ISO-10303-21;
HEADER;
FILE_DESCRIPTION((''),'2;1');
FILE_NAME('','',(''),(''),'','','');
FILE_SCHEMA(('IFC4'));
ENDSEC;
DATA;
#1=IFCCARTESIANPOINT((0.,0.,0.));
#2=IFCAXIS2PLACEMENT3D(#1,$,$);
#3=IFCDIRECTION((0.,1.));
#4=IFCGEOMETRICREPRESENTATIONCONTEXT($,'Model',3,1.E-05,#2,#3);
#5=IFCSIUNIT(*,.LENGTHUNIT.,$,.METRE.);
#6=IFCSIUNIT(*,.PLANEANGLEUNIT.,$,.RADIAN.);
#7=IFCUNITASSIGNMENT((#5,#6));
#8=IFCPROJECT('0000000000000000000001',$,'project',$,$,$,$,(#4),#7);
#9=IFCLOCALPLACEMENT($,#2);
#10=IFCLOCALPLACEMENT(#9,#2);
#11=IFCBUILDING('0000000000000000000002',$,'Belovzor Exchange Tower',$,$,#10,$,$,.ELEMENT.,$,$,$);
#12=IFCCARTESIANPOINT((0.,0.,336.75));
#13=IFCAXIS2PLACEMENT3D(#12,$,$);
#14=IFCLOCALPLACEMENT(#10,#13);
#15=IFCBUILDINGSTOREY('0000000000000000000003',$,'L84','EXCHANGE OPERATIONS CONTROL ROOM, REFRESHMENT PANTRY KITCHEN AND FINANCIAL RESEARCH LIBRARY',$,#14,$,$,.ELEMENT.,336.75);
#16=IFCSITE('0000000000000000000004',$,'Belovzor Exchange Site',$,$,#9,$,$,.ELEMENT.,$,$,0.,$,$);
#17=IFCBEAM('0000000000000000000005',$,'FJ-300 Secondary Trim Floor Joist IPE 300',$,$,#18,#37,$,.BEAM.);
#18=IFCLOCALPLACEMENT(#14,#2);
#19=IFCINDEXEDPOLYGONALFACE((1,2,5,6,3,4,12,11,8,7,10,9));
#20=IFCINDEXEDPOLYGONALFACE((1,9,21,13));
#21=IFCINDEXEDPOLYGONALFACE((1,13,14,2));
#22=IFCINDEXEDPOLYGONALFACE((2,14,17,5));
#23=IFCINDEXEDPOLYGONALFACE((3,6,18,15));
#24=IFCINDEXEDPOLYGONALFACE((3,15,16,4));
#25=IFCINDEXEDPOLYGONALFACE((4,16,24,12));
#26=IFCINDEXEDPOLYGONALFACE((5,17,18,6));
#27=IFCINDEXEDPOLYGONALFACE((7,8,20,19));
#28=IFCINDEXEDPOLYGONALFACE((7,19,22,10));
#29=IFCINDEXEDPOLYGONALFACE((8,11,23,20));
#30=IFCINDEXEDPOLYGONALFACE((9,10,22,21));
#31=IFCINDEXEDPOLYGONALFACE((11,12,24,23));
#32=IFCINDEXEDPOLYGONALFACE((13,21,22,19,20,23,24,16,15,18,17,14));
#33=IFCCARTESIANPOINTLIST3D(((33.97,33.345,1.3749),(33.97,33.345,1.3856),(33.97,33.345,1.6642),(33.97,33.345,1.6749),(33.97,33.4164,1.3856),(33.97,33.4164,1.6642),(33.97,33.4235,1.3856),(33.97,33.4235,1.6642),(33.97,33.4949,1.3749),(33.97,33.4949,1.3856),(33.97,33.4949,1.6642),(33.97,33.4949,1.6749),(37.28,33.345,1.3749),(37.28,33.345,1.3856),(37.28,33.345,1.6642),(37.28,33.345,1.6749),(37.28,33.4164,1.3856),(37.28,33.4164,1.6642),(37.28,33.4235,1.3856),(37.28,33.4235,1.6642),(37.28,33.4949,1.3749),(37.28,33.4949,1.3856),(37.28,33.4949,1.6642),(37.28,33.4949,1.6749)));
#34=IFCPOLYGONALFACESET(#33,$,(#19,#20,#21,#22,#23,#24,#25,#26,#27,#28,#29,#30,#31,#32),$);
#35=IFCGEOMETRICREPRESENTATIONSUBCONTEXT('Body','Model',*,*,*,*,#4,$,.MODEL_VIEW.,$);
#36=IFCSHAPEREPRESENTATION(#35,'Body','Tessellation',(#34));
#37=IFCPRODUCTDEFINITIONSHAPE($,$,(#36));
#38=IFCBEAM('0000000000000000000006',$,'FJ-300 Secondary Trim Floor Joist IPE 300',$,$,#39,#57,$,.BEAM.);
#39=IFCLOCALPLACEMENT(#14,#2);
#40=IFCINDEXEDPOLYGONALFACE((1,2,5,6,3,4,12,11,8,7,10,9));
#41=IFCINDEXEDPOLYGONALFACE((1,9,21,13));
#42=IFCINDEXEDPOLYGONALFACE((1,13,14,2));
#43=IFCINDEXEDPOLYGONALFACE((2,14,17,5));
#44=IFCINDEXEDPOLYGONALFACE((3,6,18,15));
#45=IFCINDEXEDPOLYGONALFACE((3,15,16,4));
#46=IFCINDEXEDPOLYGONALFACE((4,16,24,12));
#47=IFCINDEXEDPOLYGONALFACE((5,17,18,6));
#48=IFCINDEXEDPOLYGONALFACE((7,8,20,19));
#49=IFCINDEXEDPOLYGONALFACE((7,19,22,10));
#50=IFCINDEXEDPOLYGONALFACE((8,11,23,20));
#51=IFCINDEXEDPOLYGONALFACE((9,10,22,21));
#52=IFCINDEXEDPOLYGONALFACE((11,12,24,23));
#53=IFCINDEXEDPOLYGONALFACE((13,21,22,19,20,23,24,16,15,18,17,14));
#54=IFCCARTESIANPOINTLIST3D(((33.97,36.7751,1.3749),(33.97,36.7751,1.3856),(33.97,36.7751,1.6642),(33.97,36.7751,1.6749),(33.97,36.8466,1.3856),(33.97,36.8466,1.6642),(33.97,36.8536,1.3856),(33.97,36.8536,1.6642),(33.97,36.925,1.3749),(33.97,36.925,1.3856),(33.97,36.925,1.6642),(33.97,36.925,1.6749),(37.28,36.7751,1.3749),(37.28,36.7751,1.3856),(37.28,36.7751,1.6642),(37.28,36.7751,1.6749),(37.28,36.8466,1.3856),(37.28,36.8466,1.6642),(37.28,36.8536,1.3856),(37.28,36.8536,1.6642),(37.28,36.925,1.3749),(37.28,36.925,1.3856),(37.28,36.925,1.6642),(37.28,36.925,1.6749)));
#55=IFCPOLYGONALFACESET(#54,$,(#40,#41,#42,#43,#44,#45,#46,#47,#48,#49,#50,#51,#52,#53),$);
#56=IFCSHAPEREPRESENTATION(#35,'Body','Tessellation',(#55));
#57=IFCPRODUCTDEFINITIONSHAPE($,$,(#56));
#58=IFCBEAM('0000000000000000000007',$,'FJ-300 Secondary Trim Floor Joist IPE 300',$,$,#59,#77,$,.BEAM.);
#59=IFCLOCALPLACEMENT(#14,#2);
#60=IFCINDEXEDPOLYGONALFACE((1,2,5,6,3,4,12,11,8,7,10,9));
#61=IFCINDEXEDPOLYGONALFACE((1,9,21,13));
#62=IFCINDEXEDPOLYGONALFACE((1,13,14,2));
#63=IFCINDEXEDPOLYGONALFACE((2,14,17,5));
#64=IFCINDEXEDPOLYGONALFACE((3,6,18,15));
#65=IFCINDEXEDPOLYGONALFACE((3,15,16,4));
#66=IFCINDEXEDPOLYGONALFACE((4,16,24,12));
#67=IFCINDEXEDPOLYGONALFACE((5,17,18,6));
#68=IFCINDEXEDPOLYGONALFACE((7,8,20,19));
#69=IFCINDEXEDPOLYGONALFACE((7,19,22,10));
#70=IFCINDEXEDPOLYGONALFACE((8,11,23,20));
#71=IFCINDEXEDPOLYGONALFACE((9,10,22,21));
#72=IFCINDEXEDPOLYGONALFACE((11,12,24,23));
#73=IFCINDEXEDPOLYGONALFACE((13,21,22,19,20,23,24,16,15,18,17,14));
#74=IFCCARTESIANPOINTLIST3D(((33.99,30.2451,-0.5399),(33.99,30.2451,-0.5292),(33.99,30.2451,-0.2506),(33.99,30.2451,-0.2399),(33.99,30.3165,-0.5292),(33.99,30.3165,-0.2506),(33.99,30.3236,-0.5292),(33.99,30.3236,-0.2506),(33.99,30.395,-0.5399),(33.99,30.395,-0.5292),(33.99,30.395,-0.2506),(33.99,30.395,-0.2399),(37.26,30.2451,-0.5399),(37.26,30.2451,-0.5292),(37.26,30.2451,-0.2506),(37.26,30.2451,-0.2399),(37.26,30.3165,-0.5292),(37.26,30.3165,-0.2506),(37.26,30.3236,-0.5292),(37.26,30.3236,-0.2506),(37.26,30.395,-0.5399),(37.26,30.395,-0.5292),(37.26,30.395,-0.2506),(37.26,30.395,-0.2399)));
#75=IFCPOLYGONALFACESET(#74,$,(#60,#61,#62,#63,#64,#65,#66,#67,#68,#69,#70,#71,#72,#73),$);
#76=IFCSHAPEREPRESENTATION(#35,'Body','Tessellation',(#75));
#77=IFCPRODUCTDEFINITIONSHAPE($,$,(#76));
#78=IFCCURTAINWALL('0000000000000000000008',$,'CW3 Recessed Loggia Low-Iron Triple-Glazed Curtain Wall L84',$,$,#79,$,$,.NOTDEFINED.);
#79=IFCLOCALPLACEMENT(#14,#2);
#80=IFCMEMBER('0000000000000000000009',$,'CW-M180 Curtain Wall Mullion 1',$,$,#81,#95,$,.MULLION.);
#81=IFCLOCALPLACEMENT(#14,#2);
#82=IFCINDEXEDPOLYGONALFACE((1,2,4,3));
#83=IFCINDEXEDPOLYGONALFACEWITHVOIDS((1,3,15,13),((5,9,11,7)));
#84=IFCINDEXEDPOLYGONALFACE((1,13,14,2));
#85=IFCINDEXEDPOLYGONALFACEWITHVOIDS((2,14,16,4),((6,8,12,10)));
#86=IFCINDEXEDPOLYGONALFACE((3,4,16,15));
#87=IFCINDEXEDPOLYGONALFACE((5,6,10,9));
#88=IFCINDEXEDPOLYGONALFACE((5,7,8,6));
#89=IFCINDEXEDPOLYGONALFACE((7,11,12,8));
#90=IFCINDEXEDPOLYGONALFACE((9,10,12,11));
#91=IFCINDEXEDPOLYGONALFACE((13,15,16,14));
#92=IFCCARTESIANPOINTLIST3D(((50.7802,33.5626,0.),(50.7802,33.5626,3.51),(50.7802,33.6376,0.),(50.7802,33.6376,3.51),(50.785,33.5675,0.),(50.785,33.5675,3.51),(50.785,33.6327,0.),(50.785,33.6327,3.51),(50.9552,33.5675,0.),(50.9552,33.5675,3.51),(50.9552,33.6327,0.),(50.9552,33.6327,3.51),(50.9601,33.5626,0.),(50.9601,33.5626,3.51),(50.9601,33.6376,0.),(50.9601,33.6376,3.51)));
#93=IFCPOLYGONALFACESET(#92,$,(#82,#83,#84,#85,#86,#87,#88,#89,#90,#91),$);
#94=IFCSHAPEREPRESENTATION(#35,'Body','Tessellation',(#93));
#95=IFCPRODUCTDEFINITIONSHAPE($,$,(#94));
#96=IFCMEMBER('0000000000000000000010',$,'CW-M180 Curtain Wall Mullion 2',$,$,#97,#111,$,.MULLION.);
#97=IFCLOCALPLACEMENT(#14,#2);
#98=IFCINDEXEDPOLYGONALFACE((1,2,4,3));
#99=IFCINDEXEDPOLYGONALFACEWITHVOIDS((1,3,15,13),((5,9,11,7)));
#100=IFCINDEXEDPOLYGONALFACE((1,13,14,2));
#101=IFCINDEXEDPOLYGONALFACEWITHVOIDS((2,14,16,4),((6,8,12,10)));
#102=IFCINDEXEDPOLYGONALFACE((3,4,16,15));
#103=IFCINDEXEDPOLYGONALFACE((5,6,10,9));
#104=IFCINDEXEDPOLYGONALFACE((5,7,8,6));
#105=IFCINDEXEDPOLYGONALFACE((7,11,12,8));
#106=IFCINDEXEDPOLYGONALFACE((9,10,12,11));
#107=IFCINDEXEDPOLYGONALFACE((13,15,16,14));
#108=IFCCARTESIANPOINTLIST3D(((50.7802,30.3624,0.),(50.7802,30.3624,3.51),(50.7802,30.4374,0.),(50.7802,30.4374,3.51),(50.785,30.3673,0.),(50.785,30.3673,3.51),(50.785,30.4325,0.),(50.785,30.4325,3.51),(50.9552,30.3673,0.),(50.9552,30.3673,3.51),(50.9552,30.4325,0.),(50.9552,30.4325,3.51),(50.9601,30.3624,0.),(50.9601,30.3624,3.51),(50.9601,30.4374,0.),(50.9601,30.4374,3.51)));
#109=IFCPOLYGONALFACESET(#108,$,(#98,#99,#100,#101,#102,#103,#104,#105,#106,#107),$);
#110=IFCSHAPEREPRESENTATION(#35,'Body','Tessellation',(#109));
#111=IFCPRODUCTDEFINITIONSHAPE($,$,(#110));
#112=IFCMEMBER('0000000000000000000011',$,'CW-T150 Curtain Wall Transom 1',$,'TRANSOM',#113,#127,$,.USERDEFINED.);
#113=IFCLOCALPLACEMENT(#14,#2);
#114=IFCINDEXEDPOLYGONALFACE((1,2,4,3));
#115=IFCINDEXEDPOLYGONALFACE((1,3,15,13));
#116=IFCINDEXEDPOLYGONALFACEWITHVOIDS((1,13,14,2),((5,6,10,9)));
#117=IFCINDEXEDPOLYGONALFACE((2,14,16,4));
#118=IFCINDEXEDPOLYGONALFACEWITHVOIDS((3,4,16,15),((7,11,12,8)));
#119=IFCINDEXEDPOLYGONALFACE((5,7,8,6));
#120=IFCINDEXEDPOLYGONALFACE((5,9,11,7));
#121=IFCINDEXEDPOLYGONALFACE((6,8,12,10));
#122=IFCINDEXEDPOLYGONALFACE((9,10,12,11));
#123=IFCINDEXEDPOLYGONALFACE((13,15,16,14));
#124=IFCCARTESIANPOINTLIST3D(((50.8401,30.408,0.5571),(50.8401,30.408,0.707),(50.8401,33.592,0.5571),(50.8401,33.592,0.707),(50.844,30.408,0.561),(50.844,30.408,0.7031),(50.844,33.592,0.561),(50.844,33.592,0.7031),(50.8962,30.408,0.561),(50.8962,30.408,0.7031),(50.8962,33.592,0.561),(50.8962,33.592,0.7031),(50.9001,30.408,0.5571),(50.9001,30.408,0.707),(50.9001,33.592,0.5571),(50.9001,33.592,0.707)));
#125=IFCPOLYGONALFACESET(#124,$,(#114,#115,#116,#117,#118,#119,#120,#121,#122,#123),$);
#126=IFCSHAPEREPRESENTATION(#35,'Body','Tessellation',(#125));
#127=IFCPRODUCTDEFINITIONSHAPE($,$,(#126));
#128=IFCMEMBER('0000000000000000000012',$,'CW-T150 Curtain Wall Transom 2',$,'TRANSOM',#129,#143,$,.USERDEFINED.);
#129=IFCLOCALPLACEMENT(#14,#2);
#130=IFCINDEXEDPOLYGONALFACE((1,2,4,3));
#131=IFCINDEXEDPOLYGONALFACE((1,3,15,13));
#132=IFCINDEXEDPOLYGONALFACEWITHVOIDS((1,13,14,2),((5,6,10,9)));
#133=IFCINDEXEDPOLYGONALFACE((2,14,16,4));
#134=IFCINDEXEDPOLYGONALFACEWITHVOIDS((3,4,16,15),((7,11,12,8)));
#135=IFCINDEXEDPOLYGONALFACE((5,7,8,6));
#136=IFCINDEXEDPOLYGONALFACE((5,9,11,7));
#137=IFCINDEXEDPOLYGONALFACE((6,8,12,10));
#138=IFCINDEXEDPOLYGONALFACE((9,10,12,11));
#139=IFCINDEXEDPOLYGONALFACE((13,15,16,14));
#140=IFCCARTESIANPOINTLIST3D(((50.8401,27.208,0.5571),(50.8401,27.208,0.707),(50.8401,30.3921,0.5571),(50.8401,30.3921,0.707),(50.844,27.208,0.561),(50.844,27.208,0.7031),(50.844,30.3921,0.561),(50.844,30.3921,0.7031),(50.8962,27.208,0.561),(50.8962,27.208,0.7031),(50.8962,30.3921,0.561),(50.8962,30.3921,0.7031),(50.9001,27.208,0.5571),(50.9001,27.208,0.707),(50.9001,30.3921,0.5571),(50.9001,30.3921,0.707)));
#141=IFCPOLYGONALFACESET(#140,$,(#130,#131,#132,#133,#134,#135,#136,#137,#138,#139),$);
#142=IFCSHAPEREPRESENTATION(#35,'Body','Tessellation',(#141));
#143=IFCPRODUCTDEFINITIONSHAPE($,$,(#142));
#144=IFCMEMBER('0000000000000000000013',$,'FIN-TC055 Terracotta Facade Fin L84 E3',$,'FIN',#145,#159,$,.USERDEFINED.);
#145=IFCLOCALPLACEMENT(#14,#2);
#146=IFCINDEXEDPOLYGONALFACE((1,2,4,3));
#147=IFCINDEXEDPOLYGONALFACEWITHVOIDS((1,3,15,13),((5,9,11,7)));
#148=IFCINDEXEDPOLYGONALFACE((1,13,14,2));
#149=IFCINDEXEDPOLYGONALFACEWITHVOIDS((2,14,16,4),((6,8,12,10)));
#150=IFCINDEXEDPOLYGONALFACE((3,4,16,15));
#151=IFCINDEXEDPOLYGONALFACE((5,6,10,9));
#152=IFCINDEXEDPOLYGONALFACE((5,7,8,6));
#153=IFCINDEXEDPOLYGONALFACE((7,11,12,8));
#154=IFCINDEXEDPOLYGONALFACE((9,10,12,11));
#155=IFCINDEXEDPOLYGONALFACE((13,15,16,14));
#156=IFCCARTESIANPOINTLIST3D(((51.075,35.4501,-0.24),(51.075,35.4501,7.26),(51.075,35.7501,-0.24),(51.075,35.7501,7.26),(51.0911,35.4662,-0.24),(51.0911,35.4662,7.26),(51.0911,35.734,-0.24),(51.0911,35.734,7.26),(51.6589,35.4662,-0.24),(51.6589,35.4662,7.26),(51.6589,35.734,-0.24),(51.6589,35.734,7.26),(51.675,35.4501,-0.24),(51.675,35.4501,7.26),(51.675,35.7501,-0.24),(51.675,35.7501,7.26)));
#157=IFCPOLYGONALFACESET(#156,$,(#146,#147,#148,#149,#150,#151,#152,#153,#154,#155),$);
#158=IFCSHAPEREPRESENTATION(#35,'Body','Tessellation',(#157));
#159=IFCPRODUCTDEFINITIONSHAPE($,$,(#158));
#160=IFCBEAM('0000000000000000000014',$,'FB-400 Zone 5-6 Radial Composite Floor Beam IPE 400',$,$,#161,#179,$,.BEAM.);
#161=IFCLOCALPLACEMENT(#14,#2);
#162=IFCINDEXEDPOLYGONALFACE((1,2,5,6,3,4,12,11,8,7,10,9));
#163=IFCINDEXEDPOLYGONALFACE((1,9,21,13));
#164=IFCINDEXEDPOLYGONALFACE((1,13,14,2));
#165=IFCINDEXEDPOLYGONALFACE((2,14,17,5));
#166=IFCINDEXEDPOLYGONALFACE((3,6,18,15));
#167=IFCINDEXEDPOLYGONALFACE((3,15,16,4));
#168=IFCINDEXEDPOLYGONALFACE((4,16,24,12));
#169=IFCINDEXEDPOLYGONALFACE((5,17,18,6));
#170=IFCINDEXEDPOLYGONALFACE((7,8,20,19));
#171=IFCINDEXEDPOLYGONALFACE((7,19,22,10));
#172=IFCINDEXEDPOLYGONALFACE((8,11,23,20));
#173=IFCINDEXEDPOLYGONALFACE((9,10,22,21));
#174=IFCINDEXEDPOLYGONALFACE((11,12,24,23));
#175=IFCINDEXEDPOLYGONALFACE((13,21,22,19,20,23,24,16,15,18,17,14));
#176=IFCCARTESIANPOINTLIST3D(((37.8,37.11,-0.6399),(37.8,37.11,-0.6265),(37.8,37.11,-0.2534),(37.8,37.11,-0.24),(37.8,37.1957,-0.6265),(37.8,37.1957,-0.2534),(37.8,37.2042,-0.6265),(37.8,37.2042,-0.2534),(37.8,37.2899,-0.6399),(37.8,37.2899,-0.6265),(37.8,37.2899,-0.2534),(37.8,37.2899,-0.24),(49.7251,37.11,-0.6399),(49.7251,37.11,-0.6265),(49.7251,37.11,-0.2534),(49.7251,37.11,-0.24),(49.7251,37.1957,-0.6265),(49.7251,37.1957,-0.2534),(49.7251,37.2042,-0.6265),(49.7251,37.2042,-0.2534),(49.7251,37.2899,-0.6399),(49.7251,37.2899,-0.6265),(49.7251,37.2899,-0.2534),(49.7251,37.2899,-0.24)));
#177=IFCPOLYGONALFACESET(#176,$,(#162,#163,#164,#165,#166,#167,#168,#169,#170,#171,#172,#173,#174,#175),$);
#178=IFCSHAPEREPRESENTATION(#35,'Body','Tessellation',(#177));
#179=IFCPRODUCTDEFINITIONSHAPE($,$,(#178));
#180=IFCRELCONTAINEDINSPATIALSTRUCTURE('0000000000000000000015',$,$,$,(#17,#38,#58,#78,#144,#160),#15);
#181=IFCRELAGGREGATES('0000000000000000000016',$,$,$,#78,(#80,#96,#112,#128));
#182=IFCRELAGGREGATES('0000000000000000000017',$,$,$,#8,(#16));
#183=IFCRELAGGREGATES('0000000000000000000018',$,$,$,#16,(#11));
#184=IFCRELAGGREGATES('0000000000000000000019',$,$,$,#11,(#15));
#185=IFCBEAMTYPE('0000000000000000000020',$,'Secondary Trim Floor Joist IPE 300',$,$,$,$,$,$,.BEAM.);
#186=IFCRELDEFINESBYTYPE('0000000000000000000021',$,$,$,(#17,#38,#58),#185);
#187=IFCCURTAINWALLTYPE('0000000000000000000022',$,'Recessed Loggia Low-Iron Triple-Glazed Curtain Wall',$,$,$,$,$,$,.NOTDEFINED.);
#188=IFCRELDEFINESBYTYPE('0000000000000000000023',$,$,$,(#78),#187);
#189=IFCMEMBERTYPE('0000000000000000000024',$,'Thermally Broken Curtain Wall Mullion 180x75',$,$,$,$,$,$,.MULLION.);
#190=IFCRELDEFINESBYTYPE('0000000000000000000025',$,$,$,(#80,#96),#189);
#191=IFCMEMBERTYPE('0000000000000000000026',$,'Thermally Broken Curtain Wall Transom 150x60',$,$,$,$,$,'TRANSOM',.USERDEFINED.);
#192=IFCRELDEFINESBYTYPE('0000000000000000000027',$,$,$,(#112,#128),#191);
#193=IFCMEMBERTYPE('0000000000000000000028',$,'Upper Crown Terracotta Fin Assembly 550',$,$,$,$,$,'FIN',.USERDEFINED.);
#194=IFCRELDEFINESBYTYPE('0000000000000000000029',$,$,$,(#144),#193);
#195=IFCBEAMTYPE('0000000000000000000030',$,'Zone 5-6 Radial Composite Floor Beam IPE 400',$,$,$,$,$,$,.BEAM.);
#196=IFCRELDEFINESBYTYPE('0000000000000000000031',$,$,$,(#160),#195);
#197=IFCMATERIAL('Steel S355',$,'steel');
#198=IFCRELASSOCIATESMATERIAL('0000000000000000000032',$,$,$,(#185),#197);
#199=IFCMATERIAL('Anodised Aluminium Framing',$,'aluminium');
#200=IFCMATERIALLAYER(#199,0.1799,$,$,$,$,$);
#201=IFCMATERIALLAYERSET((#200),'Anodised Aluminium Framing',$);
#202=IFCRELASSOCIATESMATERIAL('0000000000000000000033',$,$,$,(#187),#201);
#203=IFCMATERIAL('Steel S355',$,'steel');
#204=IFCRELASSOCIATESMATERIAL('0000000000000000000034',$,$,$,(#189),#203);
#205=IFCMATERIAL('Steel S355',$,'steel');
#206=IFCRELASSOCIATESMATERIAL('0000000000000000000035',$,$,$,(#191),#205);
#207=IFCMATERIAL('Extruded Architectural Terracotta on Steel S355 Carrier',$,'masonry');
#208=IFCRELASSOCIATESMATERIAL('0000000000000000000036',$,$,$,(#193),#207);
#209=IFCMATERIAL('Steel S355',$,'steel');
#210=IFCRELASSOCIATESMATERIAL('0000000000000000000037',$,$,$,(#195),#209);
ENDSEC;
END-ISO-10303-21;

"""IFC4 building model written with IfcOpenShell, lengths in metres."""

from ifc_helpers import new_model, si_unit, direction, frame, origin, origin_2d, place, context, subcontext, project, spatial, hollow_rectangle, i_section, extrude, material, layer, layer_set, material_profile, profile_set, type_object, element, aggregate, save


model = new_model("IFC4")

# Units and contexts
model_context = context("Model", 3, precision=1e-05, world=origin(), true_north=direction((0.0, 1.0)))
body_context = subcontext(model_context, "Body", "Model", "MODEL_VIEW")
ifc_project = project(units=[si_unit("LENGTHUNIT", "METRE"), si_unit("PLANEANGLEUNIT", "RADIAN")], contexts=[model_context])

# Site, building, storey
site_placement = place(None, origin())
site = spatial("IfcSite", under=ifc_project, at=site_placement, Name="Belovzor Exchange Site", CompositionType="ELEMENT", RefElevation=0.0)
building_placement = place(site_placement, origin())
building = spatial("IfcBuilding", under=site, at=building_placement, Name="Belovzor Exchange Tower", CompositionType="ELEMENT")
storey_placement = place(building_placement, frame((0.0, 0.0, 336.75)))
storey = spatial("IfcBuildingStorey", under=building, at=storey_placement, Name="L84", Description="EXCHANGE OPERATIONS CONTROL ROOM, REFRESHMENT PANTRY KITCHEN AND FINANCIAL RESEARCH LIBRARY", CompositionType="ELEMENT", Elevation=336.75)

# Beams
ifc_material_1 = material(Name="Steel S355", Category="steel")
ifc_material_profile_1 = material_profile(ifc_material_1, i_section(OverallWidth=0.1499, OverallDepth=0.3, WebThickness=0.0071, FlangeThickness=0.0107, at=origin_2d()))
ifc_profile_set_1 = profile_set([ifc_material_profile_1], Name="Steel S355")
beam_type_1 = type_object("IfcBeamType", Name="Secondary Trim Floor Joist IPE 300", PredefinedType="BEAM", material=ifc_profile_set_1)
for number, where, z_axis, x_axis, name in (
    (1, (37.28, 33.4199, 1.5249), (-1.0, 0.0, 0.0), (0.0, -1.0, 0.0), "FJ-300 Secondary Trim Floor Joist IPE 300"),
    (2, (37.28, 36.8501, 1.5249), (-1.0, 0.0, 0.0), (0.0, -1.0, 0.0), "FJ-300 Secondary Trim Floor Joist IPE 300"),
):
    element("IfcBeam", number, at=place(storey_placement, frame(where, z_axis=z_axis, x_axis=x_axis)), inside=storey, type_object=beam_type_1, Name=name, PredefinedType="BEAM", context=body_context, shape_type="SweptSolid", body=[
        extrude(i_section(OverallWidth=0.1499, OverallDepth=0.3, WebThickness=0.0071, FlangeThickness=0.0107, at=origin_2d()), origin(), (0.0, 0.0, 1.0), 3.3101),
    ])
beam_1_placement = place(storey_placement, frame((37.26, 30.3201, -0.3899), z_axis=(-1.0, 0.0, 0.0), x_axis=(0.0, -1.0, 0.0)))
element("IfcBeam", 3, at=beam_1_placement, inside=storey, type_object=beam_type_1, Name="FJ-300 Secondary Trim Floor Joist IPE 300", PredefinedType="BEAM", context=body_context, shape_type="SweptSolid", body=[
    extrude(i_section(OverallWidth=0.1499, OverallDepth=0.3, WebThickness=0.0071, FlangeThickness=0.0107, at=origin_2d()), origin(), (0.0, 0.0, 1.0), 3.27),
])

# Curtain wall, members
ifc_material_2 = material(Name="Anodised Aluminium Framing", Category="aluminium")
ifc_layer_1 = layer(ifc_material_2, 0.1799)
ifc_layer_set_1 = layer_set([ifc_layer_1], Name="Anodised Aluminium Framing")
curtain_wall_type = type_object("IfcCurtainWallType", Name="Recessed Loggia Low-Iron Triple-Glazed Curtain Wall", PredefinedType="NOTDEFINED", material=ifc_layer_set_1)
curtain_wall_placement = place(storey_placement, origin())
curtain_wall = element("IfcCurtainWall", 4, at=curtain_wall_placement, inside=storey, type_object=curtain_wall_type, Name="CW3 Recessed Loggia Low-Iron Triple-Glazed Curtain Wall L84", PredefinedType="NOTDEFINED")
ifc_material_3 = material(Name="Steel S355", Category="steel")
ifc_material_profile_2 = material_profile(ifc_material_3, hollow_rectangle(XDim=0.075, YDim=0.1799, WallThickness=0.0049, at=origin_2d()))
ifc_profile_set_2 = profile_set([ifc_material_profile_2], Name="Steel S355")
member_type_1 = type_object("IfcMemberType", Name="Thermally Broken Curtain Wall Mullion 180x75", PredefinedType="MULLION", material=ifc_profile_set_2)
member_1_placement = place(storey_placement, frame((50.8701, 33.6001, 0.0), z_axis=(0.0, 0.0, 1.0), x_axis=(0.0, -1.0, 0.0)))
member_1 = element("IfcMember", 5, at=member_1_placement, type_object=member_type_1, Name="CW-M180 Curtain Wall Mullion 1", PredefinedType="MULLION", context=body_context, shape_type="SweptSolid", body=[
    extrude(hollow_rectangle(XDim=0.075, YDim=0.1799, WallThickness=0.0049, at=origin_2d()), origin(), (0.0, 0.0, 1.0), 3.51),
])
member_2_placement = place(storey_placement, frame((50.8701, 30.3999, 0.0), z_axis=(0.0, 0.0, 1.0), x_axis=(0.0, -1.0, 0.0)))
member_2 = element("IfcMember", 6, at=member_2_placement, type_object=member_type_1, Name="CW-M180 Curtain Wall Mullion 2", PredefinedType="MULLION", context=body_context, shape_type="SweptSolid", body=[
    extrude(hollow_rectangle(XDim=0.075, YDim=0.1799, WallThickness=0.0049, at=origin_2d()), origin(), (0.0, 0.0, 1.0), 3.51),
])
ifc_material_4 = material(Name="Steel S355", Category="steel")
ifc_material_profile_3 = material_profile(ifc_material_4, hollow_rectangle(XDim=0.0601, YDim=0.1499, WallThickness=0.0039, at=origin_2d()))
ifc_profile_set_3 = profile_set([ifc_material_profile_3], Name="Steel S355")
member_type_2 = type_object("IfcMemberType", Name="Thermally Broken Curtain Wall Transom 150x60", ElementType="TRANSOM", PredefinedType="USERDEFINED", material=ifc_profile_set_3)
member_3_placement = place(storey_placement, frame((50.8701, 33.592, 0.6321), z_axis=(0.0, -1.0, 0.0), x_axis=(1.0, 0.0, 0.0)))
member_3 = element("IfcMember", 7, at=member_3_placement, type_object=member_type_2, Name="CW-T150 Curtain Wall Transom 1", ObjectType="TRANSOM", PredefinedType="USERDEFINED", context=body_context, shape_type="SweptSolid", body=[
    extrude(hollow_rectangle(XDim=0.0601, YDim=0.1499, WallThickness=0.0039, at=origin_2d()), origin(), (0.0, 0.0, 1.0), 3.1841),
])
member_4_placement = place(storey_placement, frame((50.8701, 30.3921, 0.6321), z_axis=(0.0, -1.0, 0.0), x_axis=(1.0, 0.0, 0.0)))
member_4 = element("IfcMember", 8, at=member_4_placement, type_object=member_type_2, Name="CW-T150 Curtain Wall Transom 2", ObjectType="TRANSOM", PredefinedType="USERDEFINED", context=body_context, shape_type="SweptSolid", body=[
    extrude(hollow_rectangle(XDim=0.0601, YDim=0.1499, WallThickness=0.0039, at=origin_2d()), origin(), (0.0, 0.0, 1.0), 3.1841),
])

# Member
ifc_material_5 = material(Name="Extruded Architectural Terracotta on Steel S355 Carrier", Category="masonry")
ifc_material_profile_4 = material_profile(ifc_material_5, hollow_rectangle(XDim=0.3, YDim=0.6001, WallThickness=0.0161, at=origin_2d()))
ifc_profile_set_4 = profile_set([ifc_material_profile_4], Name="Extruded Architectural Terracotta on Steel S355 Carrier")
member_type_3 = type_object("IfcMemberType", Name="Upper Crown Terracotta Fin Assembly 550", ElementType="FIN", PredefinedType="USERDEFINED", material=ifc_profile_set_4)
member_5_placement = place(storey_placement, frame((51.375, 35.6001, -0.24), z_axis=(0.0, 0.0, 1.0), x_axis=(0.0, 1.0, 0.0)))
element("IfcMember", 9, at=member_5_placement, inside=storey, type_object=member_type_3, Name="FIN-TC055 Terracotta Facade Fin L84 E3", ObjectType="FIN", PredefinedType="USERDEFINED", context=body_context, shape_type="SweptSolid", body=[
    extrude(hollow_rectangle(XDim=0.3, YDim=0.6001, WallThickness=0.0161, at=origin_2d()), origin(), (0.0, 0.0, 1.0), 7.5),
])

# Beam
ifc_material_6 = material(Name="Steel S355", Category="steel")
ifc_material_profile_5 = material_profile(ifc_material_6, i_section(OverallWidth=0.1799, OverallDepth=0.3999, WebThickness=0.0085, FlangeThickness=0.0134, at=origin_2d()))
ifc_profile_set_5 = profile_set([ifc_material_profile_5], Name="Steel S355")
beam_type_2 = type_object("IfcBeamType", Name="Zone 5-6 Radial Composite Floor Beam IPE 400", PredefinedType="BEAM", material=ifc_profile_set_5)
beam_2_placement = place(storey_placement, frame((37.8, 37.2, -0.4399), z_axis=(1.0, 0.0, 0.0), x_axis=(0.0, 1.0, 0.0)))
element("IfcBeam", 10, at=beam_2_placement, inside=storey, type_object=beam_type_2, Name="FB-400 Zone 5-6 Radial Composite Floor Beam IPE 400", PredefinedType="BEAM", context=body_context, shape_type="SweptSolid", body=[
    extrude(i_section(OverallWidth=0.1799, OverallDepth=0.3999, WebThickness=0.0085, FlangeThickness=0.0134, at=origin_2d()), origin(), (0.0, 0.0, 1.0), 11.925),
])

aggregate(curtain_wall, [member_1, member_2, member_3, member_4])

save(model, "model.ifc")
